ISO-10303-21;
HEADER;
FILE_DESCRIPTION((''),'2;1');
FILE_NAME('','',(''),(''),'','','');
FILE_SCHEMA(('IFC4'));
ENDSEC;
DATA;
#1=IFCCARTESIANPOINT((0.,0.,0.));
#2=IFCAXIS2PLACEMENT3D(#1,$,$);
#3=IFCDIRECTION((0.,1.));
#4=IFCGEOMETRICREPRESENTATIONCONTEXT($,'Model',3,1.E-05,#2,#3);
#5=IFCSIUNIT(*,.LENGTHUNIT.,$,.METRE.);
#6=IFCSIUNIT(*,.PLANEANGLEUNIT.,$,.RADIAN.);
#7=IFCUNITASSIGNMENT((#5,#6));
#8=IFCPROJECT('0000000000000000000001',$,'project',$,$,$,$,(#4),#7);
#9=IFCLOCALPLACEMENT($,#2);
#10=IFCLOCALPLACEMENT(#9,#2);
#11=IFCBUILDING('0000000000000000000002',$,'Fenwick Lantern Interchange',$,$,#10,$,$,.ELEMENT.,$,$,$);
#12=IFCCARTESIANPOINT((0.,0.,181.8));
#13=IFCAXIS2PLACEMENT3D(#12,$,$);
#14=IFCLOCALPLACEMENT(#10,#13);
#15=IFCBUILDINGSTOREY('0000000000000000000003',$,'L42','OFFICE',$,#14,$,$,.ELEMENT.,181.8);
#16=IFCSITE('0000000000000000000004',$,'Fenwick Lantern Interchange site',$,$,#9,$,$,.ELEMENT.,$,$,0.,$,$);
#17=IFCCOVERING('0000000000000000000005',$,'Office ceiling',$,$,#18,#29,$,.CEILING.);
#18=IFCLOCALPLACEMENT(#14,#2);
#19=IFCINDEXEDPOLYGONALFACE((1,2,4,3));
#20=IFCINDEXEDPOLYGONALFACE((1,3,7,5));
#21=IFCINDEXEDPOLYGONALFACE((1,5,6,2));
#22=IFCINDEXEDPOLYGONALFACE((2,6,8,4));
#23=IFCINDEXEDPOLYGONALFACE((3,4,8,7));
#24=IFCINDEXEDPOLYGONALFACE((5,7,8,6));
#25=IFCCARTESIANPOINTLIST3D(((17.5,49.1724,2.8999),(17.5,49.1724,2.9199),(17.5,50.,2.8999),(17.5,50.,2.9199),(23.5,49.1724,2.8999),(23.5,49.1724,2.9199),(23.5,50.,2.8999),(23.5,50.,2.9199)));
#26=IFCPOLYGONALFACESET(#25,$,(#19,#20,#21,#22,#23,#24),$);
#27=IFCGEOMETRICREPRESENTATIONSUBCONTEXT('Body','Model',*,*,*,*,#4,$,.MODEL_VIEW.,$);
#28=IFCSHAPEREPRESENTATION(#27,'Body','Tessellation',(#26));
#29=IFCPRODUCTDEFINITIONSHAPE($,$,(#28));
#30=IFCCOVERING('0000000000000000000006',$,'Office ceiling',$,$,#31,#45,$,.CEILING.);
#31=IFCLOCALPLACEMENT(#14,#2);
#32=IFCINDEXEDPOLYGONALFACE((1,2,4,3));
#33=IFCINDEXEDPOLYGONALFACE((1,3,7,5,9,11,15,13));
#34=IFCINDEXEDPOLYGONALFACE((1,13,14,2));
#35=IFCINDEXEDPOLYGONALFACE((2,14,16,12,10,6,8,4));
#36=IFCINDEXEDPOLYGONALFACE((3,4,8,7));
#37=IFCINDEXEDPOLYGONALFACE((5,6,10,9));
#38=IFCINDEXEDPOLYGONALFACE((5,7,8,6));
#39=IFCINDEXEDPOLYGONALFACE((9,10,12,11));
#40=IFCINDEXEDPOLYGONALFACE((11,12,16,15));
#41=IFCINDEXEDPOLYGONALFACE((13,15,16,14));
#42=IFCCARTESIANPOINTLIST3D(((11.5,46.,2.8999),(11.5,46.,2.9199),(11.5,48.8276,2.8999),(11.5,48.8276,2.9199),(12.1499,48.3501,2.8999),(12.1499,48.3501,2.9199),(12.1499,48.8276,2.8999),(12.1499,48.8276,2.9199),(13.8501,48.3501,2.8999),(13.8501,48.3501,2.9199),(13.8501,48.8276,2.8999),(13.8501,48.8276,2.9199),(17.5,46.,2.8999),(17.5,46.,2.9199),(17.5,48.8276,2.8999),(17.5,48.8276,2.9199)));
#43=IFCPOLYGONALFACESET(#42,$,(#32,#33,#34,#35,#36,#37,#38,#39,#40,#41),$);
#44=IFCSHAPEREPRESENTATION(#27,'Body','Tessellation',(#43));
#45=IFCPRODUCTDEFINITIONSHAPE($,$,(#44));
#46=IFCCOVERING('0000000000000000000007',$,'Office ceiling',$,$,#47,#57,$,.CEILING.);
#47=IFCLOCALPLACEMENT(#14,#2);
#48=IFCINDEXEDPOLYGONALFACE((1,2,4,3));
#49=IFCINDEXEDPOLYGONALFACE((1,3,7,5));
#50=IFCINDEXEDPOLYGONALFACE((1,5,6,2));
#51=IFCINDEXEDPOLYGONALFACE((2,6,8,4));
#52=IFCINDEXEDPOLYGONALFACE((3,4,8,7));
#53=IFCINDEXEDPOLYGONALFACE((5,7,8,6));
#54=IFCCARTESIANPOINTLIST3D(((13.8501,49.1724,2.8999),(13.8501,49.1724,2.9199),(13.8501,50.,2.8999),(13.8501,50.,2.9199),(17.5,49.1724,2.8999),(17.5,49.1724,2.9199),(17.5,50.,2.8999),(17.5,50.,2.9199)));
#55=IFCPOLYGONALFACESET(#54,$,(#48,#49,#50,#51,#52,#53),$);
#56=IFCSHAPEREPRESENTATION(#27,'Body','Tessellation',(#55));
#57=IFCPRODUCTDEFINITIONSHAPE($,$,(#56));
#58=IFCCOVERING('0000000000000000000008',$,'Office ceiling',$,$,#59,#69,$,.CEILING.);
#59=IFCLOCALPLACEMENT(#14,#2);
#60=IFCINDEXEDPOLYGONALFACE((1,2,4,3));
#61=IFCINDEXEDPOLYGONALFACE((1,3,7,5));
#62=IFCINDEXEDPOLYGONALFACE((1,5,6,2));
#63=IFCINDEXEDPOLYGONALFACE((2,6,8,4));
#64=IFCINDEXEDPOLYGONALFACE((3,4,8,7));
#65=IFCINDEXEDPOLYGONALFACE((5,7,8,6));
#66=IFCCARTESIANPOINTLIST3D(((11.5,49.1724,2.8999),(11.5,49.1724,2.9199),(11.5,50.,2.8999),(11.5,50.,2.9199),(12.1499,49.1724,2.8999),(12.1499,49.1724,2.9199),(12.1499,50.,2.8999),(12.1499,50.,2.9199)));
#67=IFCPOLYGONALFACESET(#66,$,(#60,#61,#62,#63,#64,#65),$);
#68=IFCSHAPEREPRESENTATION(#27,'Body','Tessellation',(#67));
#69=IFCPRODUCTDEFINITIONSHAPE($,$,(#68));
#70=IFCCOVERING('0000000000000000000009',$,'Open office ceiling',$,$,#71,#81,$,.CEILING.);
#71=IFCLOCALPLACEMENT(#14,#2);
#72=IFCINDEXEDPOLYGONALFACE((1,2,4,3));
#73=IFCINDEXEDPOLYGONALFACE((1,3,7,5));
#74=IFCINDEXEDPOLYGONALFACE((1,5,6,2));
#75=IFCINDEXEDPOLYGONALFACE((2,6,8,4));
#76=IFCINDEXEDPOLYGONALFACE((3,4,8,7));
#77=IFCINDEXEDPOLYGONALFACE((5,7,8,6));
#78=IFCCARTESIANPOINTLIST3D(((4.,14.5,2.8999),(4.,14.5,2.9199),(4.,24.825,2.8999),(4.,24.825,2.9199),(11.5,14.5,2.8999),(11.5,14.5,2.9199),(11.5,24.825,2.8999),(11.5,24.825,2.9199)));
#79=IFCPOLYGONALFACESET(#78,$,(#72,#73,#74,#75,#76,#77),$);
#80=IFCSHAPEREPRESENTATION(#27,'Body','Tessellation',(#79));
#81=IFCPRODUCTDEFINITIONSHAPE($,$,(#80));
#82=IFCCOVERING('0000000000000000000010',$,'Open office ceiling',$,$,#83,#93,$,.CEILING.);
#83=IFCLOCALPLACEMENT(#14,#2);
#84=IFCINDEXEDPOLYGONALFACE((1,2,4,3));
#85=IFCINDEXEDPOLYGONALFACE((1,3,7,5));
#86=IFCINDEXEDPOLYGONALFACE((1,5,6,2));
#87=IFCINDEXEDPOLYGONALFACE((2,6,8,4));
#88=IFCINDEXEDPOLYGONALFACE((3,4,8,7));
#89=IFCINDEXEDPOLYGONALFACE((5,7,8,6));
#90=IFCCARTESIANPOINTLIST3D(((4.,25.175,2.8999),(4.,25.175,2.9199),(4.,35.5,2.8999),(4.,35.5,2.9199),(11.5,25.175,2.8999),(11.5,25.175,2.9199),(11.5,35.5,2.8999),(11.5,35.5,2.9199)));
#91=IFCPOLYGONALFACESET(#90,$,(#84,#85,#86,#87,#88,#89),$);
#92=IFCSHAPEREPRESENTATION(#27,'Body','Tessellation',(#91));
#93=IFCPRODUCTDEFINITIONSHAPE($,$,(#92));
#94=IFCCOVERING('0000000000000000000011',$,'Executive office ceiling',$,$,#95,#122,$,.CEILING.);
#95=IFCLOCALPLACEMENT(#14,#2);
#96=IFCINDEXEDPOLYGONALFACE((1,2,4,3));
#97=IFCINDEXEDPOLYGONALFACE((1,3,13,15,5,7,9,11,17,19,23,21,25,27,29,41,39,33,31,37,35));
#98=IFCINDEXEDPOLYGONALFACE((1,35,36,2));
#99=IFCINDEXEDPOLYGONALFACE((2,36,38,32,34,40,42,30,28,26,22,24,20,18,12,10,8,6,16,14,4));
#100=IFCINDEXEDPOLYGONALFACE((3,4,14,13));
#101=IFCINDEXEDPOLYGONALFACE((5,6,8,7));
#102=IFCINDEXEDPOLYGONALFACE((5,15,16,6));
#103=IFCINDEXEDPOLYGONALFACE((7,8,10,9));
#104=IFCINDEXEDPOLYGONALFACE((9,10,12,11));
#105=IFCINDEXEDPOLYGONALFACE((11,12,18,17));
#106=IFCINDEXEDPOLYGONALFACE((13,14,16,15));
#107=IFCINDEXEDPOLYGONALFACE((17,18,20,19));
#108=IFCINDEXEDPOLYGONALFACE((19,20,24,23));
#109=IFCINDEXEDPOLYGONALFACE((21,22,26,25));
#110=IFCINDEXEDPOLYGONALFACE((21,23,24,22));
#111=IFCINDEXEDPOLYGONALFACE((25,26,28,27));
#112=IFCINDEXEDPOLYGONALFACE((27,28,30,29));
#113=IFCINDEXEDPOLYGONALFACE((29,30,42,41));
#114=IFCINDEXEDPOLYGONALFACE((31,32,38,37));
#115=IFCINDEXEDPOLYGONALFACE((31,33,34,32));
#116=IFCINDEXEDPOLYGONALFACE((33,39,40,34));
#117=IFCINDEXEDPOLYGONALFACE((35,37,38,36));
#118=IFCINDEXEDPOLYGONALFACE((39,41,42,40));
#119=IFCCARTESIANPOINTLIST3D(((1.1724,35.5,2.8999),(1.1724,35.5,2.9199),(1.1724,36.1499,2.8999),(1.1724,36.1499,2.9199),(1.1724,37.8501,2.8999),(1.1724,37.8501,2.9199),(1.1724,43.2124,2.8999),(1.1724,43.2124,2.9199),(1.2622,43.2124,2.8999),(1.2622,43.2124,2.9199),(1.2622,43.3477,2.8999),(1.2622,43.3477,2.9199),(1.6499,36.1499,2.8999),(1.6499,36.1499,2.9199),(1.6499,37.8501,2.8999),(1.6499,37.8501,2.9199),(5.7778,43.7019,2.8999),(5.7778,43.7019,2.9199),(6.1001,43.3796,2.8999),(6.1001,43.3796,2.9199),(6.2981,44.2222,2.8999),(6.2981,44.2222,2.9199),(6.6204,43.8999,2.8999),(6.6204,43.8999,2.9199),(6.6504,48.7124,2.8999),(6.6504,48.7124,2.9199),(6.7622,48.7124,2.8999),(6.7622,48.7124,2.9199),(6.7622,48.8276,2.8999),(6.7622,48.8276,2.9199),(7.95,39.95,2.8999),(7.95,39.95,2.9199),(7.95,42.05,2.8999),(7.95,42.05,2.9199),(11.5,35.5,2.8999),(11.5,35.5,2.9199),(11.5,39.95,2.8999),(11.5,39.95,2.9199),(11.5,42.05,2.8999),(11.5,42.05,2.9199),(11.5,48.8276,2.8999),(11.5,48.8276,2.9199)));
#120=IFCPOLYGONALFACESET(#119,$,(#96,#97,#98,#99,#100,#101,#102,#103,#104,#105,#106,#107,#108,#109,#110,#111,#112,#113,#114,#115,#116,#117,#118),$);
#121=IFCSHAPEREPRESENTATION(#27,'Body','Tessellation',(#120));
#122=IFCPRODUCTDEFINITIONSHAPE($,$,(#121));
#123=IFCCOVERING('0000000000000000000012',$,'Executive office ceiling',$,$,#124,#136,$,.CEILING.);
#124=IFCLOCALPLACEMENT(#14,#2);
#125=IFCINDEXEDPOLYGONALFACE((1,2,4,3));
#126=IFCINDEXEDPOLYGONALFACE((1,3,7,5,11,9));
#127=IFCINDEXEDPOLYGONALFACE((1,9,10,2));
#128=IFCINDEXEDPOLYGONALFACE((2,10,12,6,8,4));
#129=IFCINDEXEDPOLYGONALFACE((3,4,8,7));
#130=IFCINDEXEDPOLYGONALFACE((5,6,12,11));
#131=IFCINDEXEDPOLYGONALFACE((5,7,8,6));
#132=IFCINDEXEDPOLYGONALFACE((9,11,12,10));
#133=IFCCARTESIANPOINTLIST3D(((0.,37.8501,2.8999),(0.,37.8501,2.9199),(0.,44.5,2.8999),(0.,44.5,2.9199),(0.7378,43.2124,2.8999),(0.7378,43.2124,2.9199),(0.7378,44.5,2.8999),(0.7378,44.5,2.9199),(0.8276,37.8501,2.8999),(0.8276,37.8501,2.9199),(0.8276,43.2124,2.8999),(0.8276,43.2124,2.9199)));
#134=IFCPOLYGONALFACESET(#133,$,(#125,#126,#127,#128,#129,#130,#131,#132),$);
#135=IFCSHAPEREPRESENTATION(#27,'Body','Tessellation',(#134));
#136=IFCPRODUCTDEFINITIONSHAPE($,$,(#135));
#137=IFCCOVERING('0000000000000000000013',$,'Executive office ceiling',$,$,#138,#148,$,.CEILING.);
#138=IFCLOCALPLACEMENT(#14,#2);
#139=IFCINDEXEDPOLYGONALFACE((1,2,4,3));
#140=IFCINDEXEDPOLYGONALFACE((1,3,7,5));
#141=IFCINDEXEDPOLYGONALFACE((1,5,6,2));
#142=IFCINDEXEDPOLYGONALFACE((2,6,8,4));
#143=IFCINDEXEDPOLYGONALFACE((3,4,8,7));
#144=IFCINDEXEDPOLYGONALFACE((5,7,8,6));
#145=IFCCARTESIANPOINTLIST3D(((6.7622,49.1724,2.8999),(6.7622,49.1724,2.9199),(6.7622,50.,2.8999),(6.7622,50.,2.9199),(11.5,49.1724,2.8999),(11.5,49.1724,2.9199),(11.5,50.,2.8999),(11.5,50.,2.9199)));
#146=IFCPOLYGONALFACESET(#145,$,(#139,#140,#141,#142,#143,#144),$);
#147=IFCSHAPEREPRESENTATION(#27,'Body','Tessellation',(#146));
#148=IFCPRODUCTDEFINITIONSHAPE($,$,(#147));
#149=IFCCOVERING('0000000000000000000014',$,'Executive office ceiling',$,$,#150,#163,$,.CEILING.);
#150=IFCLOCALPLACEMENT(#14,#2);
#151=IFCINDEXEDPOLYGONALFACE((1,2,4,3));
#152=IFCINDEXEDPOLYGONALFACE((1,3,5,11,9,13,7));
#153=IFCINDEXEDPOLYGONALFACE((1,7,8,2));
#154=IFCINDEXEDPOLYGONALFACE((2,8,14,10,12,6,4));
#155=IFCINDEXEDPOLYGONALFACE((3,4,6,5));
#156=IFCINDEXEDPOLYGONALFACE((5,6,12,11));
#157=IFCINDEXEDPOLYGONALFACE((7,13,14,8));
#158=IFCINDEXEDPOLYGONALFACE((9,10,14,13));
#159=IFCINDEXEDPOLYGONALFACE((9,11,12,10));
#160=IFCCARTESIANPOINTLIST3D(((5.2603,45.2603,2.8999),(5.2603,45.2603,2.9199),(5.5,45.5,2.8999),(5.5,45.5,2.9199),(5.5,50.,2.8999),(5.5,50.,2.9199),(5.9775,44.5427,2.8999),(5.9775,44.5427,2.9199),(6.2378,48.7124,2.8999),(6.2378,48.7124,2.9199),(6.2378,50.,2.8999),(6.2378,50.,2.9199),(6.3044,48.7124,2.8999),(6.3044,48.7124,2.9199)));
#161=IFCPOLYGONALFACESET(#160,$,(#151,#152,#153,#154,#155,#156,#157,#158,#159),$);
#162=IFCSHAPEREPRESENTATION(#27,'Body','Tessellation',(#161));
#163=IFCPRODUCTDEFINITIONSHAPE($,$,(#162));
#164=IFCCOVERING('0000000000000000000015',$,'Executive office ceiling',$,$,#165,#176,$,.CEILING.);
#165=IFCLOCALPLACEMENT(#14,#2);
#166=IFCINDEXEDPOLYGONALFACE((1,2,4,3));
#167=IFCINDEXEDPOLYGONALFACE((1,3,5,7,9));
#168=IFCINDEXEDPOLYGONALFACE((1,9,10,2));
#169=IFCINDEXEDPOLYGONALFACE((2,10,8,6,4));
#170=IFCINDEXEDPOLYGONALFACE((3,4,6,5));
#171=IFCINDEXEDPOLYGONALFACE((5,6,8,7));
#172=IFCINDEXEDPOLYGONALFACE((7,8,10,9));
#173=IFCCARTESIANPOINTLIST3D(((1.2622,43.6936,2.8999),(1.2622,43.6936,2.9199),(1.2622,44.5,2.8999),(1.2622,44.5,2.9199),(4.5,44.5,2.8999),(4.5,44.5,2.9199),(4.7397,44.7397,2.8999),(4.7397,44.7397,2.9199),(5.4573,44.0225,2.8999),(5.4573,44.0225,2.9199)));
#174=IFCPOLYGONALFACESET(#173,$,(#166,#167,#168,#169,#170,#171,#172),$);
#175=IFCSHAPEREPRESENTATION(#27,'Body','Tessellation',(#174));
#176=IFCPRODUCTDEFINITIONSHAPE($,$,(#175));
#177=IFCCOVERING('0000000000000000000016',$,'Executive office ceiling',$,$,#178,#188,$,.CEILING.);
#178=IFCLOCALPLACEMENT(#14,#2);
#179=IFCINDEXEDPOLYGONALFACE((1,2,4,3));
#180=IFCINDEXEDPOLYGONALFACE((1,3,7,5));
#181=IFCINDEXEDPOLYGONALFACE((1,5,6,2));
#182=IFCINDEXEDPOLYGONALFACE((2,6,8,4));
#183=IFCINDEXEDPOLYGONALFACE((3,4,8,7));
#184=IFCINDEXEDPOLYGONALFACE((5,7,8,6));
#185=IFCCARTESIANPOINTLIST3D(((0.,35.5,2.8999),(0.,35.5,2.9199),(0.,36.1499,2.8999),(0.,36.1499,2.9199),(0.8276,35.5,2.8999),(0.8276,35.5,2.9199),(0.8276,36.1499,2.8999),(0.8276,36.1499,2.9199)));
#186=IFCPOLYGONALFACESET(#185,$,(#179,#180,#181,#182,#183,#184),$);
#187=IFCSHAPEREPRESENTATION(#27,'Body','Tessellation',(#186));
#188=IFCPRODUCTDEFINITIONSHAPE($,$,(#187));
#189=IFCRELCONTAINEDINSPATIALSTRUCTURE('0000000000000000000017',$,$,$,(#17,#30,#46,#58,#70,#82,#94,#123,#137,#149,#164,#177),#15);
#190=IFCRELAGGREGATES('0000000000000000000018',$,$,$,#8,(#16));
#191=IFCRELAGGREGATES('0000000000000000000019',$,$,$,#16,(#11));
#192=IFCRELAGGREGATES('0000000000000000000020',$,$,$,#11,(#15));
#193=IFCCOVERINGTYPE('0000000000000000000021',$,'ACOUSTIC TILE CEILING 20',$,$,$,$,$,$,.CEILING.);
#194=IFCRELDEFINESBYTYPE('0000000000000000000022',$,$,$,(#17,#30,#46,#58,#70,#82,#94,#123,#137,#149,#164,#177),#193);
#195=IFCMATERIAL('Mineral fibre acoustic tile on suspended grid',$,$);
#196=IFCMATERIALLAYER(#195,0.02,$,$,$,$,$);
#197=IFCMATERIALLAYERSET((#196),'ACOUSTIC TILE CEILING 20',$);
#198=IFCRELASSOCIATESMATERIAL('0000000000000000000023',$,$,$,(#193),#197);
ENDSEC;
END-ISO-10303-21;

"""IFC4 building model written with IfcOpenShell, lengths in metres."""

from ifc_helpers import new_model, si_unit, direction, frame, origin, place, context, subcontext, project, spatial, polyline, outline, extrude, material, layer, layer_set, type_object, element, save


model = new_model("IFC4")

# Units and contexts
model_context = context("Model", 3, precision=1e-05, world=origin(), true_north=direction((0.0, 1.0)))
body_context = subcontext(model_context, "Body", "Model", "MODEL_VIEW")
ifc_project = project(units=[si_unit("LENGTHUNIT", "METRE"), si_unit("PLANEANGLEUNIT", "RADIAN")], contexts=[model_context])

# Site, building, storey
site_placement = place(None, origin())
site = spatial("IfcSite", under=ifc_project, at=site_placement, Name="Fenwick Lantern Interchange site", CompositionType="ELEMENT", RefElevation=0.0)
building_placement = place(site_placement, origin())
building = spatial("IfcBuilding", under=site, at=building_placement, Name="Fenwick Lantern Interchange", CompositionType="ELEMENT")
storey_placement = place(building_placement, frame((0.0, 0.0, 181.8)))
storey = spatial("IfcBuildingStorey", under=building, at=storey_placement, Name="L42", Description="OFFICE", CompositionType="ELEMENT", Elevation=181.8)

# Coverings
ifc_material_1 = material(Name="Mineral fibre acoustic tile on suspended grid")
ifc_layer_1 = layer(ifc_material_1, 0.02)
ifc_layer_set_1 = layer_set([ifc_layer_1], Name="ACOUSTIC TILE CEILING 20")
covering_type_1 = type_object("IfcCoveringType", Name="ACOUSTIC TILE CEILING 20", PredefinedType="CEILING", material=ifc_layer_set_1)
covering_1_placement = place(storey_placement, frame((0.0, 0.0, 2.8999)))
element("IfcCovering", 1, at=covering_1_placement, inside=storey, type_object=covering_type_1, Name="Office ceiling", PredefinedType="CEILING", context=body_context, shape_type="SweptSolid", body=[
    extrude(outline(polyline([(17.5, 50.0), (17.5, 49.1724), (23.5, 49.1724), (23.5, 50.0), (17.5, 50.0)])), origin(), (0.0, 0.0, 1.0), 0.02),
])
covering_2_placement = place(storey_placement, frame((0.0, 0.0, 2.8999)))
element("IfcCovering", 2, at=covering_2_placement, inside=storey, type_object=covering_type_1, Name="Office ceiling", PredefinedType="CEILING", context=body_context, shape_type="SweptSolid", body=[
    extrude(outline(polyline([(17.5, 46.0), (17.5, 48.8276), (13.8501, 48.8276), (13.8501, 48.3501), (12.1499, 48.3501), (12.1499, 48.8276), (11.5, 48.8276), (11.5, 46.0), (17.5, 46.0)])), origin(), (0.0, 0.0, 1.0), 0.02),
])
covering_3_placement = place(storey_placement, frame((0.0, 0.0, 2.8999)))
element("IfcCovering", 3, at=covering_3_placement, inside=storey, type_object=covering_type_1, Name="Office ceiling", PredefinedType="CEILING", context=body_context, shape_type="SweptSolid", body=[
    extrude(outline(polyline([(17.5, 49.1724), (17.5, 50.0), (13.8501, 50.0), (13.8501, 49.1724), (17.5, 49.1724)])), origin(), (0.0, 0.0, 1.0), 0.02),
])
covering_4_placement = place(storey_placement, frame((0.0, 0.0, 2.8999)))
element("IfcCovering", 4, at=covering_4_placement, inside=storey, type_object=covering_type_1, Name="Office ceiling", PredefinedType="CEILING", context=body_context, shape_type="SweptSolid", body=[
    extrude(outline(polyline([(11.5, 50.0), (11.5, 49.1724), (12.1499, 49.1724), (12.1499, 50.0), (11.5, 50.0)])), origin(), (0.0, 0.0, 1.0), 0.02),
])
covering_5_placement = place(storey_placement, frame((0.0, 0.0, 2.8999)))
element("IfcCovering", 5, at=covering_5_placement, inside=storey, type_object=covering_type_1, Name="Open office ceiling", PredefinedType="CEILING", context=body_context, shape_type="SweptSolid", body=[
    extrude(outline(polyline([(11.5, 14.5), (11.5, 24.825), (4.0, 24.825), (4.0, 14.5), (11.5, 14.5)])), origin(), (0.0, 0.0, 1.0), 0.02),
])
covering_6_placement = place(storey_placement, frame((0.0, 0.0, 2.8999)))
element("IfcCovering", 6, at=covering_6_placement, inside=storey, type_object=covering_type_1, Name="Open office ceiling", PredefinedType="CEILING", context=body_context, shape_type="SweptSolid", body=[
    extrude(outline(polyline([(11.5, 25.175), (11.5, 35.5), (4.0, 35.5), (4.0, 25.175), (11.5, 25.175)])), origin(), (0.0, 0.0, 1.0), 0.02),
])
covering_7_placement = place(storey_placement, frame((0.0, 0.0, 2.8999)))
element("IfcCovering", 7, at=covering_7_placement, inside=storey, type_object=covering_type_1, Name="Executive office ceiling", PredefinedType="CEILING", context=body_context, shape_type="SweptSolid", body=[
    extrude(outline(polyline([(6.7622, 48.7124), (6.6504, 48.7124), (6.2981, 44.2222), (6.6204, 43.8999), (6.1001, 43.3796), (5.7778, 43.7019), (1.2622, 43.3477), (1.2622, 43.2124), (1.1724, 43.2124), (1.1724, 37.8501), (1.6499, 37.8501), (1.6499, 36.1499), (1.1724, 36.1499), (1.1724, 35.5), (11.5, 35.5), (11.5, 39.95), (7.95, 39.95), (7.95, 42.05), (11.5, 42.05), (11.5, 48.8276), (6.7622, 48.8276), (6.7622, 48.7124)])), origin(), (0.0, 0.0, 1.0), 0.02),
])
covering_8_placement = place(storey_placement, frame((0.0, 0.0, 2.8999)))
element("IfcCovering", 8, at=covering_8_placement, inside=storey, type_object=covering_type_1, Name="Executive office ceiling", PredefinedType="CEILING", context=body_context, shape_type="SweptSolid", body=[
    extrude(outline(polyline([(0.0, 37.8501), (0.8276, 37.8501), (0.8276, 43.2124), (0.7378, 43.2124), (0.7378, 44.5), (0.0, 44.5), (0.0, 37.8501)])), origin(), (0.0, 0.0, 1.0), 0.02),
])
covering_9_placement = place(storey_placement, frame((0.0, 0.0, 2.8999)))
element("IfcCovering", 9, at=covering_9_placement, inside=storey, type_object=covering_type_1, Name="Executive office ceiling", PredefinedType="CEILING", context=body_context, shape_type="SweptSolid", body=[
    extrude(outline(polyline([(6.7622, 50.0), (6.7622, 49.1724), (11.5, 49.1724), (11.5, 50.0), (6.7622, 50.0)])), origin(), (0.0, 0.0, 1.0), 0.02),
])
covering_10_placement = place(storey_placement, frame((0.0, 0.0, 2.8999)))
element("IfcCovering", 10, at=covering_10_placement, inside=storey, type_object=covering_type_1, Name="Executive office ceiling", PredefinedType="CEILING", context=body_context, shape_type="SweptSolid", body=[
    extrude(outline(polyline([(6.3044, 48.7124), (6.2378, 48.7124), (6.2378, 50.0), (5.5, 50.0), (5.5, 45.5), (5.2603, 45.2603), (5.9775, 44.5427), (6.3044, 48.7124)])), origin(), (0.0, 0.0, 1.0), 0.02),
])
covering_11_placement = place(storey_placement, frame((0.0, 0.0, 2.8999)))
element("IfcCovering", 11, at=covering_11_placement, inside=storey, type_object=covering_type_1, Name="Executive office ceiling", PredefinedType="CEILING", context=body_context, shape_type="SweptSolid", body=[
    extrude(outline(polyline([(1.2622, 44.5), (1.2622, 43.6936), (5.4573, 44.0225), (4.7397, 44.7397), (4.5, 44.5), (1.2622, 44.5)])), origin(), (0.0, 0.0, 1.0), 0.02),
])
covering_12_placement = place(storey_placement, frame((0.0, 0.0, 2.8999)))
element("IfcCovering", 12, at=covering_12_placement, inside=storey, type_object=covering_type_1, Name="Executive office ceiling", PredefinedType="CEILING", context=body_context, shape_type="SweptSolid", body=[
    extrude(outline(polyline([(0.0, 35.5), (0.8276, 35.5), (0.8276, 36.1499), (0.0, 36.1499), (0.0, 35.5)])), origin(), (0.0, 0.0, 1.0), 0.02),
])

save(model, "model.ifc")
